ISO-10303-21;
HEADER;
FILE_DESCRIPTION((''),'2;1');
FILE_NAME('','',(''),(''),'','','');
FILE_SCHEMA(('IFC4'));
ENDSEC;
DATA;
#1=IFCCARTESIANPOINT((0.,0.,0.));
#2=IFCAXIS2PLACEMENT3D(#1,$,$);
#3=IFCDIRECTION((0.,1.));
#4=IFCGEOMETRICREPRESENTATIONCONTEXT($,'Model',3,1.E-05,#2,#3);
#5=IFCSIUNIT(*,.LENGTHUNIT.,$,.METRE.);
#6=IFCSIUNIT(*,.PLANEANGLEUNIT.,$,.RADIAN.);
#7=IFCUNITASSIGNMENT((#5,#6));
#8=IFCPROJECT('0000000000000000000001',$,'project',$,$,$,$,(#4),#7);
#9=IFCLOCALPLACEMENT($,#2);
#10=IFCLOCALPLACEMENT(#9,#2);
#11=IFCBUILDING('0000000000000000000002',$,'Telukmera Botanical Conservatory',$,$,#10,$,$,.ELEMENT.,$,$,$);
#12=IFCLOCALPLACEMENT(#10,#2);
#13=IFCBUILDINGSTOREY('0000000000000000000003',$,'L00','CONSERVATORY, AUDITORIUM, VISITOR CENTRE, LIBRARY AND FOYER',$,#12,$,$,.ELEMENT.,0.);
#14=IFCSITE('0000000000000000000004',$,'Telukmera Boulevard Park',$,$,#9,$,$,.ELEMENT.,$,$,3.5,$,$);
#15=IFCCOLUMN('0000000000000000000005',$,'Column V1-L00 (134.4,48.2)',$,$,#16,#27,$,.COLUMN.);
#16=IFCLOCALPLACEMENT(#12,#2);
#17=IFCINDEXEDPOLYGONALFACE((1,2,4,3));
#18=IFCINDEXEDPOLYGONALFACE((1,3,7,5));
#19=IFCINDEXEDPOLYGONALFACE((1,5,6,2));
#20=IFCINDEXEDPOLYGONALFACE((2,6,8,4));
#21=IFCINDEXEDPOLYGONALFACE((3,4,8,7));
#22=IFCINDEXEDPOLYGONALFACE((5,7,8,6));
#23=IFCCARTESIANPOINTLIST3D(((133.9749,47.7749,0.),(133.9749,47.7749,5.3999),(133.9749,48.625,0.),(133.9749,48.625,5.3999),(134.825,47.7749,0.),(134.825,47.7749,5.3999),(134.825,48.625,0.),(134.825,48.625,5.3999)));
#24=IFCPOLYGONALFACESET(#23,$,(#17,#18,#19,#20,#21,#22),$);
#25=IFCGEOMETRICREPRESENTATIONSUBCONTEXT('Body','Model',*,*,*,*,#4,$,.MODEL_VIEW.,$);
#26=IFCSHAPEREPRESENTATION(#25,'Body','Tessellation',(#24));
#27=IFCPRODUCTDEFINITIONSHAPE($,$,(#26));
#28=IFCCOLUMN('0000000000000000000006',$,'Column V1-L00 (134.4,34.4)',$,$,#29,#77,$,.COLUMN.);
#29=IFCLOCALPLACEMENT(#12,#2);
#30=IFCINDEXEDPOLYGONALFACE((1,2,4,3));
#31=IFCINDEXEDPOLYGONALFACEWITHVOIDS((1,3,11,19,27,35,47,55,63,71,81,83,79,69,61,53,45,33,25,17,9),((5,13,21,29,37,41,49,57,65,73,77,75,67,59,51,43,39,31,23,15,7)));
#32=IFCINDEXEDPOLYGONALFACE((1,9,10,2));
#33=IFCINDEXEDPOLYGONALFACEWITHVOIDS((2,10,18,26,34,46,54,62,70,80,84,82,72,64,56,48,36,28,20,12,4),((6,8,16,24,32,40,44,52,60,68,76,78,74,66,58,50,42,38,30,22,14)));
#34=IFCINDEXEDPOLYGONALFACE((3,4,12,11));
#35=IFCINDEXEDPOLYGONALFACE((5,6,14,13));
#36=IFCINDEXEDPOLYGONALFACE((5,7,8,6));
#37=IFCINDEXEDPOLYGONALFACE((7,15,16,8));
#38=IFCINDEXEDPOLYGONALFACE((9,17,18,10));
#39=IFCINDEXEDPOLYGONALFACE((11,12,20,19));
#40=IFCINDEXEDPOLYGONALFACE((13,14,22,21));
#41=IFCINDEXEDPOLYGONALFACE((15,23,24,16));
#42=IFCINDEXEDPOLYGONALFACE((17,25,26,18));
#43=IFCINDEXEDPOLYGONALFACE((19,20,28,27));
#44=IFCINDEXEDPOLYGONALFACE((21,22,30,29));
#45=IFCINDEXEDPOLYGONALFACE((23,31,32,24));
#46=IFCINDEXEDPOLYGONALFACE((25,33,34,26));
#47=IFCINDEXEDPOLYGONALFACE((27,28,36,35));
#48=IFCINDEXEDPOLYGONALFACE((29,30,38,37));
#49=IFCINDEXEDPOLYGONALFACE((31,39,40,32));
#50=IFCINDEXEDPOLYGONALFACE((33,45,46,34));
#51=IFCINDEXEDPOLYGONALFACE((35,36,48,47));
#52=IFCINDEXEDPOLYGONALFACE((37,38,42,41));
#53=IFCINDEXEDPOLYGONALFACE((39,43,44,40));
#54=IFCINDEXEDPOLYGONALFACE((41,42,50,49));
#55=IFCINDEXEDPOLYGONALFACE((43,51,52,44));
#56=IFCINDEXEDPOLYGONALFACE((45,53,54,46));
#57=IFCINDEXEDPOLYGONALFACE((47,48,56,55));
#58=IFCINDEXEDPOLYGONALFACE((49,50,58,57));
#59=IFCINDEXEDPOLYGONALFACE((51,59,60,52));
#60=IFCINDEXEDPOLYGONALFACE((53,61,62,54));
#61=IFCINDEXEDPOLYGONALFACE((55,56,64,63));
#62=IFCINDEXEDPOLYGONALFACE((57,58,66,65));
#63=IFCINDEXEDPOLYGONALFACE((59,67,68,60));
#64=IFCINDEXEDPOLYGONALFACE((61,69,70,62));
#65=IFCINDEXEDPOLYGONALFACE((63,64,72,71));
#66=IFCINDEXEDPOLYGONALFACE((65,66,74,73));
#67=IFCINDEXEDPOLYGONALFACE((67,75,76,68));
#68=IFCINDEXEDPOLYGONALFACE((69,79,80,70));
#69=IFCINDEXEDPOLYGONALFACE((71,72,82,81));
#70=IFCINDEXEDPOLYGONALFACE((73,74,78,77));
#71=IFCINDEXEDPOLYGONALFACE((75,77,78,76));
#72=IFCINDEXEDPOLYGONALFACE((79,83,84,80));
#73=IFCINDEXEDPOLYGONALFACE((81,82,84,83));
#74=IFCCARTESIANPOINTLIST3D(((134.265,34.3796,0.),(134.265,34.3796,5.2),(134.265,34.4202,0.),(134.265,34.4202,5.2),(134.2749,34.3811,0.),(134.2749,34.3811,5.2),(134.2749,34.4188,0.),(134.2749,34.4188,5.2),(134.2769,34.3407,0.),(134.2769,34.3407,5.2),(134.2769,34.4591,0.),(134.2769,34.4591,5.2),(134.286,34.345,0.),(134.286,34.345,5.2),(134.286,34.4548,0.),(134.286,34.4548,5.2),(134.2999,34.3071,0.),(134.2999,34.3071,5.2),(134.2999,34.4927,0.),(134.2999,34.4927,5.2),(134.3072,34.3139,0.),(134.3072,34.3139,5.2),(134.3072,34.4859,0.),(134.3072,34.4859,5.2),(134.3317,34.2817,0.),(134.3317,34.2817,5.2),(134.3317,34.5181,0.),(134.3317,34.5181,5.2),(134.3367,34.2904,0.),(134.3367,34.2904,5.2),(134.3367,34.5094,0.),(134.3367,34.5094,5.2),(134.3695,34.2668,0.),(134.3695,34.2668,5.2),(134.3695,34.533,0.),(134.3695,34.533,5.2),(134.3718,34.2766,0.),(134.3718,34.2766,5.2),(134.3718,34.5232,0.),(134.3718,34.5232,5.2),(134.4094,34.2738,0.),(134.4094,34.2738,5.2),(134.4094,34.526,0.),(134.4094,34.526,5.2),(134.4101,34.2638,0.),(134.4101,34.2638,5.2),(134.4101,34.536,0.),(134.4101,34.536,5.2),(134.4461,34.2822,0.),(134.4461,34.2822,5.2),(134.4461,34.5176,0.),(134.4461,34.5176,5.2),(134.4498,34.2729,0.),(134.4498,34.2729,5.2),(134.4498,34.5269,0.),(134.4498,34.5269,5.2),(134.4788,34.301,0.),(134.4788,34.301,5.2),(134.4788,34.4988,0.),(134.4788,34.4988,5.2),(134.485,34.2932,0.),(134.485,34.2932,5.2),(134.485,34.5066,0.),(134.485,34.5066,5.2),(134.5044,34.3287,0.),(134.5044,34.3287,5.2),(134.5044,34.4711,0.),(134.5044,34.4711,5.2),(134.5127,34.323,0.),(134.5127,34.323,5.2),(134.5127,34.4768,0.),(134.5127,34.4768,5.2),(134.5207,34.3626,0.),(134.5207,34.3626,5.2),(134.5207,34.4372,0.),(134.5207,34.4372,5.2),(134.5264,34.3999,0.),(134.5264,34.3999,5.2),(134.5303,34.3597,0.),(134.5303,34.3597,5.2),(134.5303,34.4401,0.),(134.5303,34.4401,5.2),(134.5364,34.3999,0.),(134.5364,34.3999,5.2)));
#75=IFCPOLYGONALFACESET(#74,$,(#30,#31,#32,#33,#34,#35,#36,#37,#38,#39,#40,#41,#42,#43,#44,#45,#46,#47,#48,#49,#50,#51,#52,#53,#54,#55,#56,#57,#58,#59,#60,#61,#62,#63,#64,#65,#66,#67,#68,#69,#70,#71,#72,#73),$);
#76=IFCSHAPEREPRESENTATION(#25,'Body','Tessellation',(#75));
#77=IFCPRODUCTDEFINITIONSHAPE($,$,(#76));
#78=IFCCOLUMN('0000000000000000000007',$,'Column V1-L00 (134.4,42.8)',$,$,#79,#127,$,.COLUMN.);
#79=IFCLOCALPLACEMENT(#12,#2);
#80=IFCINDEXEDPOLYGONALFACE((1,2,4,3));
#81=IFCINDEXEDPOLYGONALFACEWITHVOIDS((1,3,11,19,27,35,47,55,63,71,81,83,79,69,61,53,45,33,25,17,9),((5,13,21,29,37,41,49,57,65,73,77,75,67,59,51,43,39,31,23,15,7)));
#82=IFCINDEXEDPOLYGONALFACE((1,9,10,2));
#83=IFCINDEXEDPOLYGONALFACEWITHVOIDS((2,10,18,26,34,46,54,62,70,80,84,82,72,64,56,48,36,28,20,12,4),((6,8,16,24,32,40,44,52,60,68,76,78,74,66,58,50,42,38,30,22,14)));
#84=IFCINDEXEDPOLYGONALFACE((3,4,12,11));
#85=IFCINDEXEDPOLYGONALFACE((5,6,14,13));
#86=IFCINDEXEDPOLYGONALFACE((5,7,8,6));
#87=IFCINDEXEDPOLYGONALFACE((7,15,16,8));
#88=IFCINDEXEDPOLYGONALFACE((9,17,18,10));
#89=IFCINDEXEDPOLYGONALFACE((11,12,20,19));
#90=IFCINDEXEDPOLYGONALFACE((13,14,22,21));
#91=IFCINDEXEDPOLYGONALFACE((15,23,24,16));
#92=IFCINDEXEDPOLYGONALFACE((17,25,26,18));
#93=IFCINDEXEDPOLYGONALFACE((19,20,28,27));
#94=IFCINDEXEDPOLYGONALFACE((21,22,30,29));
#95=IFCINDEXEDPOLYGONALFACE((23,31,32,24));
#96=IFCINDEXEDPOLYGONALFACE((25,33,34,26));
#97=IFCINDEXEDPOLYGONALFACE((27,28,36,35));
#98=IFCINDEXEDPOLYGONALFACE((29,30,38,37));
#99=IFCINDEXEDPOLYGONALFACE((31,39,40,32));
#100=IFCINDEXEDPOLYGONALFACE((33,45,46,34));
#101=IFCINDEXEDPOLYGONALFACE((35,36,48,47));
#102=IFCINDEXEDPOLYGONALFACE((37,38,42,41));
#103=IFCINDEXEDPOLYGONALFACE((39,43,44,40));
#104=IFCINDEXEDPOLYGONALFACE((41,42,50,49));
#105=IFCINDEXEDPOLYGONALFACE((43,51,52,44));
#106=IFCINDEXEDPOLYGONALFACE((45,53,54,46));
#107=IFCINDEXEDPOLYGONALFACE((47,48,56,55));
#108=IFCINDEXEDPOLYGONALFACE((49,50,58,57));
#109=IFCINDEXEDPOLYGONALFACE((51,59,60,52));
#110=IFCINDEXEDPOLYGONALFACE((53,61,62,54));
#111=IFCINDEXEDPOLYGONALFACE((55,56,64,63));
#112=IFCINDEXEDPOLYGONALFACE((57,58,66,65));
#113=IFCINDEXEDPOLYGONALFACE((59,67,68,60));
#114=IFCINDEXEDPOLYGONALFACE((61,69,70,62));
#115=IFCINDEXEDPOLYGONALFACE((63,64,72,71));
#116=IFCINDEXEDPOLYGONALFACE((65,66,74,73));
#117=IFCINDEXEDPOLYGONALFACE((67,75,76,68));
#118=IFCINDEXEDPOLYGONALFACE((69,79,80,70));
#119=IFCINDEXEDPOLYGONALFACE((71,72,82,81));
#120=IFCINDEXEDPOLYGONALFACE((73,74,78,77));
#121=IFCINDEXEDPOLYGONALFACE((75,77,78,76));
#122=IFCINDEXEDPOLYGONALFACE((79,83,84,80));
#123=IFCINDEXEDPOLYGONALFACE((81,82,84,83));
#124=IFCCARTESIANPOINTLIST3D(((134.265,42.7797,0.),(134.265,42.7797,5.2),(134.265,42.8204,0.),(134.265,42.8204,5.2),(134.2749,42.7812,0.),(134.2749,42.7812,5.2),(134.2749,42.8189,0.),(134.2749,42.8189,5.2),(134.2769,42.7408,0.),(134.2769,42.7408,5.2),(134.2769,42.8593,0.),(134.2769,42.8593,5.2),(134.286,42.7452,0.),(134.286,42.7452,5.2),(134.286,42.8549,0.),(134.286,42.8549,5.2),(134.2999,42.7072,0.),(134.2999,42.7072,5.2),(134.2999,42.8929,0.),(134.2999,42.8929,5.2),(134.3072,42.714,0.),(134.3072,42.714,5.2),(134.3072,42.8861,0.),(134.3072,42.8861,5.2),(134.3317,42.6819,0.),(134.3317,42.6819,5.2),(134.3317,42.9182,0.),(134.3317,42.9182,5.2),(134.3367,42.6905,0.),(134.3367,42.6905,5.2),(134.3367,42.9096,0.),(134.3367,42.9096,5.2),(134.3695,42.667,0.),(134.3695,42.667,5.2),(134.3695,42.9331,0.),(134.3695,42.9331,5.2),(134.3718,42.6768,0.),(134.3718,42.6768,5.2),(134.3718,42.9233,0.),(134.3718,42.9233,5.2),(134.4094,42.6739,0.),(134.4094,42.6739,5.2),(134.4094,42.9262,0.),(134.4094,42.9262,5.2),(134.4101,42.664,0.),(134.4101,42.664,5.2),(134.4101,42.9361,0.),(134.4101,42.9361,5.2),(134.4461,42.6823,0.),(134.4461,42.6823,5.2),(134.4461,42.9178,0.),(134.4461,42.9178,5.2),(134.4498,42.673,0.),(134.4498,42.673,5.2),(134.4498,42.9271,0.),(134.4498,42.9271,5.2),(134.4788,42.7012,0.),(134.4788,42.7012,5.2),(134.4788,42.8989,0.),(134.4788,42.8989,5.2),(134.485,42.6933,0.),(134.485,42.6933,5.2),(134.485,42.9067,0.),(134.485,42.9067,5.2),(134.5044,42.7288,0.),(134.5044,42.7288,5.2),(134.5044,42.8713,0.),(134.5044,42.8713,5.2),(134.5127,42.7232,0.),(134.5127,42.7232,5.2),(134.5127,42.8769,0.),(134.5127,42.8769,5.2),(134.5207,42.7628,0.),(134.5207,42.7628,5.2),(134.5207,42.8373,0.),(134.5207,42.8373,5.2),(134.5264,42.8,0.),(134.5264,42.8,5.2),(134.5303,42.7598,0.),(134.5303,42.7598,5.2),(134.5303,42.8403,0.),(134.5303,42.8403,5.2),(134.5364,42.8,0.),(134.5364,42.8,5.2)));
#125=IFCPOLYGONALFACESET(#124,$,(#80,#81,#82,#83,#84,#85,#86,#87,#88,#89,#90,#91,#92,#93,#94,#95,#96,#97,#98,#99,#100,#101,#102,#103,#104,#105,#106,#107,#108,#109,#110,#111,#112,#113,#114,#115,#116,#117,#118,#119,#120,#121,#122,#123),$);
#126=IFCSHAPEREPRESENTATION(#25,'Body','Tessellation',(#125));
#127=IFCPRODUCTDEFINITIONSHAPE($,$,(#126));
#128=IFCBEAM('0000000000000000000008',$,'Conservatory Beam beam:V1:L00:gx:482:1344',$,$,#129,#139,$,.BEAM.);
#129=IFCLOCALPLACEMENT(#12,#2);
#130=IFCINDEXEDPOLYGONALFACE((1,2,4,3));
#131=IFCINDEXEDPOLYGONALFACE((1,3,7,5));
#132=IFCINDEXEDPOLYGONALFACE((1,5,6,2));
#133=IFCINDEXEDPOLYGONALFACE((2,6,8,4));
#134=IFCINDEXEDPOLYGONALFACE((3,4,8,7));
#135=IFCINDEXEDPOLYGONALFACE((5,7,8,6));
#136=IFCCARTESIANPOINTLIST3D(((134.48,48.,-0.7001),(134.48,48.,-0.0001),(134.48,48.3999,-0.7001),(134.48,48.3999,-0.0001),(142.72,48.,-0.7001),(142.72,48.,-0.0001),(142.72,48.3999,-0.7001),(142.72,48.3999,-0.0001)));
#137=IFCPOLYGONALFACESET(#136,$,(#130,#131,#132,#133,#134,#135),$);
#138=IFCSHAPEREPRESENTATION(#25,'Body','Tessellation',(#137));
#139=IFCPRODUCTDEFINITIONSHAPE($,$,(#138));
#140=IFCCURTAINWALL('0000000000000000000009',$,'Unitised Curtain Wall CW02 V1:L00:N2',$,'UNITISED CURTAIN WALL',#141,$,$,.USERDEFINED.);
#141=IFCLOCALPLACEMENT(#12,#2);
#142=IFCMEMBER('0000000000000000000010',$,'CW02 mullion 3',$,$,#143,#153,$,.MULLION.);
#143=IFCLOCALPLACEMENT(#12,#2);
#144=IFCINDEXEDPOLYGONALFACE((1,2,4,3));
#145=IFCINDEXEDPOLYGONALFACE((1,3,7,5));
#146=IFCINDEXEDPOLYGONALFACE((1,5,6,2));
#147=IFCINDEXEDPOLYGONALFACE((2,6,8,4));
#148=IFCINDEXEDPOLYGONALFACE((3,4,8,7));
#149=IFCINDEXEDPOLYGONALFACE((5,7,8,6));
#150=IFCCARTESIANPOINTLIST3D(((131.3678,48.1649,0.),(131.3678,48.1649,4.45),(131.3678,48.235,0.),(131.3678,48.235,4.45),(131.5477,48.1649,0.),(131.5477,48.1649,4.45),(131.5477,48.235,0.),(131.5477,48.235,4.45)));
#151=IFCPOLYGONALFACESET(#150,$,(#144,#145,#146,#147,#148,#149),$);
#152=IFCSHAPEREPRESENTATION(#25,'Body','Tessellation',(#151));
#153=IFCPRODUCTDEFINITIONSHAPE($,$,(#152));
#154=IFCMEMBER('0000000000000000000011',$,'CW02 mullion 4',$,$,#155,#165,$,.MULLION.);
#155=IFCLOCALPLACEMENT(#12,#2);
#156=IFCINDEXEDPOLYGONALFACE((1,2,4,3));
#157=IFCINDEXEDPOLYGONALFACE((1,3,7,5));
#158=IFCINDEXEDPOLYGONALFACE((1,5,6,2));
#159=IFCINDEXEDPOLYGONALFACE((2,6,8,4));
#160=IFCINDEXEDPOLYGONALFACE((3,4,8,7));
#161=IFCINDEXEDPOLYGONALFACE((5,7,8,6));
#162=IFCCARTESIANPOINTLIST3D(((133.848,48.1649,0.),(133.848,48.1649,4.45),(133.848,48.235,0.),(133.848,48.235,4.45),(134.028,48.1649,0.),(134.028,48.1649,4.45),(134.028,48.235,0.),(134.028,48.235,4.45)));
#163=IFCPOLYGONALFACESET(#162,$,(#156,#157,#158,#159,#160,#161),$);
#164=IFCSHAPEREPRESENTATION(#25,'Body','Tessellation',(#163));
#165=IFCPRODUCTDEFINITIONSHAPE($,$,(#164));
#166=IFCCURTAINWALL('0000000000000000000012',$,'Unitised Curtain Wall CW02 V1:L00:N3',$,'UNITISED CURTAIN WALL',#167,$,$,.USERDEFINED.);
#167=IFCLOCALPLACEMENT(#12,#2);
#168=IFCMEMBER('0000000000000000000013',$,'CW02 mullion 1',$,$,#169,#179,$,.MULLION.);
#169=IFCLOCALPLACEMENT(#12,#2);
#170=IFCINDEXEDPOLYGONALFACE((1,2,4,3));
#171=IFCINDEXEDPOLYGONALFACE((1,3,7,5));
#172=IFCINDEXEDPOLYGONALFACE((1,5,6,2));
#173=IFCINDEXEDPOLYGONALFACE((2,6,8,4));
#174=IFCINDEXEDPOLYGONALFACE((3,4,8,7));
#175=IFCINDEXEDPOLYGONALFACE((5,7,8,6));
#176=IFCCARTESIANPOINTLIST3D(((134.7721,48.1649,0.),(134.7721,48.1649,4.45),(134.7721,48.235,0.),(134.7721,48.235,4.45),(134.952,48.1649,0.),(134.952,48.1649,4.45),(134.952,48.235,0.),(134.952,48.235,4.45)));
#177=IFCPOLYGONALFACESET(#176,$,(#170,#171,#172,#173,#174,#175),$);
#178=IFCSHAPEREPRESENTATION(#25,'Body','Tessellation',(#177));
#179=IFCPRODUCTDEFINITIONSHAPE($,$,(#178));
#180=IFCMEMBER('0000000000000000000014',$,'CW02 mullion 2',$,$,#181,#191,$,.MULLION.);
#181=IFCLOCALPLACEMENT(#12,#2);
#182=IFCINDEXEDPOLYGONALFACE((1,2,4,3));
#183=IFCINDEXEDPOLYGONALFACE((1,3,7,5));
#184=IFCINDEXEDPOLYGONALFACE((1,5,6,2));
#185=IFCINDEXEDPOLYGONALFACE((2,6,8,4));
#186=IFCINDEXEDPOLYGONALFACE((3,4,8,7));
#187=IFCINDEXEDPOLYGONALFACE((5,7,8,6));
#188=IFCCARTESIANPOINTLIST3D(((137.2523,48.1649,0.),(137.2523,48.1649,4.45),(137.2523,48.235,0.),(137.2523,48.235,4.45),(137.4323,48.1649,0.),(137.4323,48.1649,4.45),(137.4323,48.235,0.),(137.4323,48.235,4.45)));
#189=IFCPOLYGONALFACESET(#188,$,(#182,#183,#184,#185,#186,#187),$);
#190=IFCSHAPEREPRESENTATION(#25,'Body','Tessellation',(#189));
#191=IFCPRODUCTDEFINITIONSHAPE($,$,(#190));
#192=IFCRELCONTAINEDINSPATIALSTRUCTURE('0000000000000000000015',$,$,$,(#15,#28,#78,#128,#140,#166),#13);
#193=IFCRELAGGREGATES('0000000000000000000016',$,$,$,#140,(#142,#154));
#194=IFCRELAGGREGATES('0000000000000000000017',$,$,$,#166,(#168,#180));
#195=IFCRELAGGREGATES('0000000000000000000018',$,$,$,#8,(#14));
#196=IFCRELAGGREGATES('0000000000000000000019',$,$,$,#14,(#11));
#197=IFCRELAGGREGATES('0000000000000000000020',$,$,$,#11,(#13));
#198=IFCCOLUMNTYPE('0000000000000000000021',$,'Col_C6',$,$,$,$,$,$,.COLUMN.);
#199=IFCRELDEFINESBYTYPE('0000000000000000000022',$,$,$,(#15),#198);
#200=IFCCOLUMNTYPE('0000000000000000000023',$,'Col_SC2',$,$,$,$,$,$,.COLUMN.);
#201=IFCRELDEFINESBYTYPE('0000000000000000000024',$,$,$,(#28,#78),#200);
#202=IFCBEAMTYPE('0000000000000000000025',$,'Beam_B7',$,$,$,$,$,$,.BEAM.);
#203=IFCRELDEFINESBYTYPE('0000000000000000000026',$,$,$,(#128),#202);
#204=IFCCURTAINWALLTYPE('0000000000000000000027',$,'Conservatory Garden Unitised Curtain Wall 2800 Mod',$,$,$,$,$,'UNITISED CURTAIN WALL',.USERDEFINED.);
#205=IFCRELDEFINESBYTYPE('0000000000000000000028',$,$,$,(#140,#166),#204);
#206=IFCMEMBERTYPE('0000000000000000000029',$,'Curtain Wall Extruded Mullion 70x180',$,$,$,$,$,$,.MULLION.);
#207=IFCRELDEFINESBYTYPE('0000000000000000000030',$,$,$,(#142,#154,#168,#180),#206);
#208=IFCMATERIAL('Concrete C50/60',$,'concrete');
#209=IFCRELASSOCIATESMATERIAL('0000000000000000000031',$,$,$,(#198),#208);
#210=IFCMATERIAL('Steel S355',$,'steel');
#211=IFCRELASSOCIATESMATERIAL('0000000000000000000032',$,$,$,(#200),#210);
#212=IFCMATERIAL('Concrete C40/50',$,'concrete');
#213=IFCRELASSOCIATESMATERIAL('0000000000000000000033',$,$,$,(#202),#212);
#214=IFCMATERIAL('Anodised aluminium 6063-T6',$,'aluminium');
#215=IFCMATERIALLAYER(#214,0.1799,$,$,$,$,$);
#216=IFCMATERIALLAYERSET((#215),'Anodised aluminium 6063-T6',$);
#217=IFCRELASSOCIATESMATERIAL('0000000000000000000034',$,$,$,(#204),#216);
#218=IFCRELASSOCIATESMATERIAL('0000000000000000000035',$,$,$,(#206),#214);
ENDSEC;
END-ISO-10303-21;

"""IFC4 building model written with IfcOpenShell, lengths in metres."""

from ifc_helpers import new_model, si_unit, direction, frame, origin, origin_2d, place, context, subcontext, project, spatial, rectangle, hollow_circle, extrude, material, layer, layer_set, material_profile, profile_set, type_object, element, aggregate, save


model = new_model("IFC4")

# Units and contexts
model_context = context("Model", 3, precision=1e-05, world=origin(), true_north=direction((0.0, 1.0)))
body_context = subcontext(model_context, "Body", "Model", "MODEL_VIEW")
ifc_project = project(units=[si_unit("LENGTHUNIT", "METRE"), si_unit("PLANEANGLEUNIT", "RADIAN")], contexts=[model_context])

# Site, building, storey
site_placement = place(None, origin())
site = spatial("IfcSite", under=ifc_project, at=site_placement, Name="Telukmera Boulevard Park", CompositionType="ELEMENT", RefElevation=3.5)
building_placement = place(site_placement, origin())
building = spatial("IfcBuilding", under=site, at=building_placement, Name="Telukmera Botanical Conservatory", CompositionType="ELEMENT")
storey_placement = place(building_placement, origin())
storey = spatial("IfcBuildingStorey", under=building, at=storey_placement, Name="L00", Description="CONSERVATORY, AUDITORIUM, VISITOR CENTRE, LIBRARY AND FOYER", CompositionType="ELEMENT", Elevation=0.0)

# Columns
ifc_material_1 = material(Name="Concrete C50/60", Category="concrete")
ifc_material_profile_1 = material_profile(ifc_material_1, rectangle(XDim=0.8501, YDim=0.8501, at=origin_2d()), Name="RC 850x850")
ifc_profile_set_1 = profile_set([ifc_material_profile_1], Name="Concrete C50/60")
column_type_1 = type_object("IfcColumnType", Name="Col_C6", PredefinedType="COLUMN", material=ifc_profile_set_1)
column_placement = place(storey_placement, frame((134.3999, 48.2, 0.0), z_axis=(0.0, 0.0, 1.0), x_axis=(1.0, 0.0, 0.0)))
element("IfcColumn", 1, at=column_placement, inside=storey, type_object=column_type_1, Name="Column V1-L00 (134.4,48.2)", PredefinedType="COLUMN", context=body_context, shape_type="SweptSolid", body=[
    extrude(rectangle(XDim=0.8501, YDim=0.8501, at=origin_2d()), origin(), (0.0, 0.0, 1.0), 5.3999),
])
ifc_material_2 = material(Name="Steel S355", Category="steel")
ifc_material_profile_2 = material_profile(ifc_material_2, hollow_circle(Radius=0.1365, WallThickness=0.01, at=origin_2d()), Name="CHS 273.0x10.0")
ifc_profile_set_2 = profile_set([ifc_material_profile_2], Name="Steel S355")
column_type_2 = type_object("IfcColumnType", Name="Col_SC2", PredefinedType="COLUMN", material=ifc_profile_set_2)
for number, where, z_axis, x_axis, name in (
    (2, (134.3999, 34.3999, 0.0), (0.0, 0.0, 1.0), (1.0, 0.0, 0.0), "Column V1-L00 (134.4,34.4)"),
    (3, (134.3999, 42.8, 0.0), (0.0, 0.0, 1.0), (1.0, 0.0, 0.0), "Column V1-L00 (134.4,42.8)"),
):
    element("IfcColumn", number, at=place(storey_placement, frame(where, z_axis=z_axis, x_axis=x_axis)), inside=storey, type_object=column_type_2, Name=name, PredefinedType="COLUMN", context=body_context, shape_type="SweptSolid", body=[
        extrude(hollow_circle(Radius=0.1365, WallThickness=0.01, at=origin_2d()), origin(), (0.0, 0.0, 1.0), 5.2),
    ])

# Beam
ifc_material_3 = material(Name="Concrete C40/50", Category="concrete")
ifc_material_profile_3 = material_profile(ifc_material_3, rectangle(XDim=0.3999, YDim=0.7, at=origin_2d()), Name="RC 400x700")
ifc_profile_set_3 = profile_set([ifc_material_profile_3], Name="Concrete C40/50")
beam_type = type_object("IfcBeamType", Name="Beam_B7", PredefinedType="BEAM", material=ifc_profile_set_3)
beam_placement = place(storey_placement, frame((134.48, 48.2, -0.3501), z_axis=(1.0, 0.0, 0.0), x_axis=(0.0, 1.0, 0.0)))
element("IfcBeam", 4, at=beam_placement, inside=storey, type_object=beam_type, Name="Conservatory Beam beam:V1:L00:gx:482:1344", PredefinedType="BEAM", context=body_context, shape_type="SweptSolid", body=[
    extrude(rectangle(XDim=0.3999, YDim=0.7, at=origin_2d()), origin(), (0.0, 0.0, 1.0), 8.24),
])

# Curtain walls, members
ifc_material_4 = material(Name="Anodised aluminium 6063-T6", Category="aluminium")
ifc_layer_1 = layer(ifc_material_4, 0.1799)
ifc_layer_set_1 = layer_set([ifc_layer_1], Name="Anodised aluminium 6063-T6")
curtain_wall_type = type_object("IfcCurtainWallType", Name="Conservatory Garden Unitised Curtain Wall 2800 Mod", ElementType="UNITISED CURTAIN WALL", PredefinedType="USERDEFINED", material=ifc_layer_set_1)
curtain_wall_1_placement = place(storey_placement, origin())
curtain_wall_1 = element("IfcCurtainWall", 5, at=curtain_wall_1_placement, inside=storey, type_object=curtain_wall_type, Name="Unitised Curtain Wall CW02 V1:L00:N2", ObjectType="UNITISED CURTAIN WALL", PredefinedType="USERDEFINED")
ifc_material_profile_4 = material_profile(ifc_material_4, rectangle(XDim=0.0701, YDim=0.1799, at=origin_2d()), Name="ALU MULL 70x180")
ifc_profile_set_4 = profile_set([ifc_material_profile_4], Name="Anodised aluminium 6063-T6")
member_type_1 = type_object("IfcMemberType", Name="Curtain Wall Extruded Mullion 70x180", PredefinedType="MULLION", material=ifc_profile_set_4)
member_1_placement = place(storey_placement, frame((131.4578, 48.2, 0.0), z_axis=(0.0, 0.0, 1.0), x_axis=(0.0, 1.0, 0.0)))
member_1 = element("IfcMember", 6, at=member_1_placement, type_object=member_type_1, Name="CW02 mullion 3", PredefinedType="MULLION", context=body_context, shape_type="SweptSolid", body=[
    extrude(rectangle(XDim=0.0701, YDim=0.1799, at=origin_2d()), origin(), (0.0, 0.0, 1.0), 4.45),
])
member_2_placement = place(storey_placement, frame((133.938, 48.2, 0.0), z_axis=(0.0, 0.0, 1.0), x_axis=(0.0, 1.0, 0.0)))
member_2 = element("IfcMember", 7, at=member_2_placement, type_object=member_type_1, Name="CW02 mullion 4", PredefinedType="MULLION", context=body_context, shape_type="SweptSolid", body=[
    extrude(rectangle(XDim=0.0701, YDim=0.1799, at=origin_2d()), origin(), (0.0, 0.0, 1.0), 4.45),
])
curtain_wall_2_placement = place(storey_placement, origin())
curtain_wall_2 = element("IfcCurtainWall", 8, at=curtain_wall_2_placement, inside=storey, type_object=curtain_wall_type, Name="Unitised Curtain Wall CW02 V1:L00:N3", ObjectType="UNITISED CURTAIN WALL", PredefinedType="USERDEFINED")
member_3_placement = place(storey_placement, frame((134.8621, 48.2, 0.0), z_axis=(0.0, 0.0, 1.0), x_axis=(0.0, 1.0, 0.0)))
member_3 = element("IfcMember", 9, at=member_3_placement, type_object=member_type_1, Name="CW02 mullion 1", PredefinedType="MULLION", context=body_context, shape_type="SweptSolid", body=[
    extrude(rectangle(XDim=0.0701, YDim=0.1799, at=origin_2d()), origin(), (0.0, 0.0, 1.0), 4.45),
])
member_4_placement = place(storey_placement, frame((137.3423, 48.2, 0.0), z_axis=(0.0, 0.0, 1.0), x_axis=(0.0, 1.0, 0.0)))
member_4 = element("IfcMember", 10, at=member_4_placement, type_object=member_type_1, Name="CW02 mullion 2", PredefinedType="MULLION", context=body_context, shape_type="SweptSolid", body=[
    extrude(rectangle(XDim=0.0701, YDim=0.1799, at=origin_2d()), origin(), (0.0, 0.0, 1.0), 4.45),
])

aggregate(curtain_wall_1, [member_1, member_2])
aggregate(curtain_wall_2, [member_3, member_4])

save(model, "model.ifc")
